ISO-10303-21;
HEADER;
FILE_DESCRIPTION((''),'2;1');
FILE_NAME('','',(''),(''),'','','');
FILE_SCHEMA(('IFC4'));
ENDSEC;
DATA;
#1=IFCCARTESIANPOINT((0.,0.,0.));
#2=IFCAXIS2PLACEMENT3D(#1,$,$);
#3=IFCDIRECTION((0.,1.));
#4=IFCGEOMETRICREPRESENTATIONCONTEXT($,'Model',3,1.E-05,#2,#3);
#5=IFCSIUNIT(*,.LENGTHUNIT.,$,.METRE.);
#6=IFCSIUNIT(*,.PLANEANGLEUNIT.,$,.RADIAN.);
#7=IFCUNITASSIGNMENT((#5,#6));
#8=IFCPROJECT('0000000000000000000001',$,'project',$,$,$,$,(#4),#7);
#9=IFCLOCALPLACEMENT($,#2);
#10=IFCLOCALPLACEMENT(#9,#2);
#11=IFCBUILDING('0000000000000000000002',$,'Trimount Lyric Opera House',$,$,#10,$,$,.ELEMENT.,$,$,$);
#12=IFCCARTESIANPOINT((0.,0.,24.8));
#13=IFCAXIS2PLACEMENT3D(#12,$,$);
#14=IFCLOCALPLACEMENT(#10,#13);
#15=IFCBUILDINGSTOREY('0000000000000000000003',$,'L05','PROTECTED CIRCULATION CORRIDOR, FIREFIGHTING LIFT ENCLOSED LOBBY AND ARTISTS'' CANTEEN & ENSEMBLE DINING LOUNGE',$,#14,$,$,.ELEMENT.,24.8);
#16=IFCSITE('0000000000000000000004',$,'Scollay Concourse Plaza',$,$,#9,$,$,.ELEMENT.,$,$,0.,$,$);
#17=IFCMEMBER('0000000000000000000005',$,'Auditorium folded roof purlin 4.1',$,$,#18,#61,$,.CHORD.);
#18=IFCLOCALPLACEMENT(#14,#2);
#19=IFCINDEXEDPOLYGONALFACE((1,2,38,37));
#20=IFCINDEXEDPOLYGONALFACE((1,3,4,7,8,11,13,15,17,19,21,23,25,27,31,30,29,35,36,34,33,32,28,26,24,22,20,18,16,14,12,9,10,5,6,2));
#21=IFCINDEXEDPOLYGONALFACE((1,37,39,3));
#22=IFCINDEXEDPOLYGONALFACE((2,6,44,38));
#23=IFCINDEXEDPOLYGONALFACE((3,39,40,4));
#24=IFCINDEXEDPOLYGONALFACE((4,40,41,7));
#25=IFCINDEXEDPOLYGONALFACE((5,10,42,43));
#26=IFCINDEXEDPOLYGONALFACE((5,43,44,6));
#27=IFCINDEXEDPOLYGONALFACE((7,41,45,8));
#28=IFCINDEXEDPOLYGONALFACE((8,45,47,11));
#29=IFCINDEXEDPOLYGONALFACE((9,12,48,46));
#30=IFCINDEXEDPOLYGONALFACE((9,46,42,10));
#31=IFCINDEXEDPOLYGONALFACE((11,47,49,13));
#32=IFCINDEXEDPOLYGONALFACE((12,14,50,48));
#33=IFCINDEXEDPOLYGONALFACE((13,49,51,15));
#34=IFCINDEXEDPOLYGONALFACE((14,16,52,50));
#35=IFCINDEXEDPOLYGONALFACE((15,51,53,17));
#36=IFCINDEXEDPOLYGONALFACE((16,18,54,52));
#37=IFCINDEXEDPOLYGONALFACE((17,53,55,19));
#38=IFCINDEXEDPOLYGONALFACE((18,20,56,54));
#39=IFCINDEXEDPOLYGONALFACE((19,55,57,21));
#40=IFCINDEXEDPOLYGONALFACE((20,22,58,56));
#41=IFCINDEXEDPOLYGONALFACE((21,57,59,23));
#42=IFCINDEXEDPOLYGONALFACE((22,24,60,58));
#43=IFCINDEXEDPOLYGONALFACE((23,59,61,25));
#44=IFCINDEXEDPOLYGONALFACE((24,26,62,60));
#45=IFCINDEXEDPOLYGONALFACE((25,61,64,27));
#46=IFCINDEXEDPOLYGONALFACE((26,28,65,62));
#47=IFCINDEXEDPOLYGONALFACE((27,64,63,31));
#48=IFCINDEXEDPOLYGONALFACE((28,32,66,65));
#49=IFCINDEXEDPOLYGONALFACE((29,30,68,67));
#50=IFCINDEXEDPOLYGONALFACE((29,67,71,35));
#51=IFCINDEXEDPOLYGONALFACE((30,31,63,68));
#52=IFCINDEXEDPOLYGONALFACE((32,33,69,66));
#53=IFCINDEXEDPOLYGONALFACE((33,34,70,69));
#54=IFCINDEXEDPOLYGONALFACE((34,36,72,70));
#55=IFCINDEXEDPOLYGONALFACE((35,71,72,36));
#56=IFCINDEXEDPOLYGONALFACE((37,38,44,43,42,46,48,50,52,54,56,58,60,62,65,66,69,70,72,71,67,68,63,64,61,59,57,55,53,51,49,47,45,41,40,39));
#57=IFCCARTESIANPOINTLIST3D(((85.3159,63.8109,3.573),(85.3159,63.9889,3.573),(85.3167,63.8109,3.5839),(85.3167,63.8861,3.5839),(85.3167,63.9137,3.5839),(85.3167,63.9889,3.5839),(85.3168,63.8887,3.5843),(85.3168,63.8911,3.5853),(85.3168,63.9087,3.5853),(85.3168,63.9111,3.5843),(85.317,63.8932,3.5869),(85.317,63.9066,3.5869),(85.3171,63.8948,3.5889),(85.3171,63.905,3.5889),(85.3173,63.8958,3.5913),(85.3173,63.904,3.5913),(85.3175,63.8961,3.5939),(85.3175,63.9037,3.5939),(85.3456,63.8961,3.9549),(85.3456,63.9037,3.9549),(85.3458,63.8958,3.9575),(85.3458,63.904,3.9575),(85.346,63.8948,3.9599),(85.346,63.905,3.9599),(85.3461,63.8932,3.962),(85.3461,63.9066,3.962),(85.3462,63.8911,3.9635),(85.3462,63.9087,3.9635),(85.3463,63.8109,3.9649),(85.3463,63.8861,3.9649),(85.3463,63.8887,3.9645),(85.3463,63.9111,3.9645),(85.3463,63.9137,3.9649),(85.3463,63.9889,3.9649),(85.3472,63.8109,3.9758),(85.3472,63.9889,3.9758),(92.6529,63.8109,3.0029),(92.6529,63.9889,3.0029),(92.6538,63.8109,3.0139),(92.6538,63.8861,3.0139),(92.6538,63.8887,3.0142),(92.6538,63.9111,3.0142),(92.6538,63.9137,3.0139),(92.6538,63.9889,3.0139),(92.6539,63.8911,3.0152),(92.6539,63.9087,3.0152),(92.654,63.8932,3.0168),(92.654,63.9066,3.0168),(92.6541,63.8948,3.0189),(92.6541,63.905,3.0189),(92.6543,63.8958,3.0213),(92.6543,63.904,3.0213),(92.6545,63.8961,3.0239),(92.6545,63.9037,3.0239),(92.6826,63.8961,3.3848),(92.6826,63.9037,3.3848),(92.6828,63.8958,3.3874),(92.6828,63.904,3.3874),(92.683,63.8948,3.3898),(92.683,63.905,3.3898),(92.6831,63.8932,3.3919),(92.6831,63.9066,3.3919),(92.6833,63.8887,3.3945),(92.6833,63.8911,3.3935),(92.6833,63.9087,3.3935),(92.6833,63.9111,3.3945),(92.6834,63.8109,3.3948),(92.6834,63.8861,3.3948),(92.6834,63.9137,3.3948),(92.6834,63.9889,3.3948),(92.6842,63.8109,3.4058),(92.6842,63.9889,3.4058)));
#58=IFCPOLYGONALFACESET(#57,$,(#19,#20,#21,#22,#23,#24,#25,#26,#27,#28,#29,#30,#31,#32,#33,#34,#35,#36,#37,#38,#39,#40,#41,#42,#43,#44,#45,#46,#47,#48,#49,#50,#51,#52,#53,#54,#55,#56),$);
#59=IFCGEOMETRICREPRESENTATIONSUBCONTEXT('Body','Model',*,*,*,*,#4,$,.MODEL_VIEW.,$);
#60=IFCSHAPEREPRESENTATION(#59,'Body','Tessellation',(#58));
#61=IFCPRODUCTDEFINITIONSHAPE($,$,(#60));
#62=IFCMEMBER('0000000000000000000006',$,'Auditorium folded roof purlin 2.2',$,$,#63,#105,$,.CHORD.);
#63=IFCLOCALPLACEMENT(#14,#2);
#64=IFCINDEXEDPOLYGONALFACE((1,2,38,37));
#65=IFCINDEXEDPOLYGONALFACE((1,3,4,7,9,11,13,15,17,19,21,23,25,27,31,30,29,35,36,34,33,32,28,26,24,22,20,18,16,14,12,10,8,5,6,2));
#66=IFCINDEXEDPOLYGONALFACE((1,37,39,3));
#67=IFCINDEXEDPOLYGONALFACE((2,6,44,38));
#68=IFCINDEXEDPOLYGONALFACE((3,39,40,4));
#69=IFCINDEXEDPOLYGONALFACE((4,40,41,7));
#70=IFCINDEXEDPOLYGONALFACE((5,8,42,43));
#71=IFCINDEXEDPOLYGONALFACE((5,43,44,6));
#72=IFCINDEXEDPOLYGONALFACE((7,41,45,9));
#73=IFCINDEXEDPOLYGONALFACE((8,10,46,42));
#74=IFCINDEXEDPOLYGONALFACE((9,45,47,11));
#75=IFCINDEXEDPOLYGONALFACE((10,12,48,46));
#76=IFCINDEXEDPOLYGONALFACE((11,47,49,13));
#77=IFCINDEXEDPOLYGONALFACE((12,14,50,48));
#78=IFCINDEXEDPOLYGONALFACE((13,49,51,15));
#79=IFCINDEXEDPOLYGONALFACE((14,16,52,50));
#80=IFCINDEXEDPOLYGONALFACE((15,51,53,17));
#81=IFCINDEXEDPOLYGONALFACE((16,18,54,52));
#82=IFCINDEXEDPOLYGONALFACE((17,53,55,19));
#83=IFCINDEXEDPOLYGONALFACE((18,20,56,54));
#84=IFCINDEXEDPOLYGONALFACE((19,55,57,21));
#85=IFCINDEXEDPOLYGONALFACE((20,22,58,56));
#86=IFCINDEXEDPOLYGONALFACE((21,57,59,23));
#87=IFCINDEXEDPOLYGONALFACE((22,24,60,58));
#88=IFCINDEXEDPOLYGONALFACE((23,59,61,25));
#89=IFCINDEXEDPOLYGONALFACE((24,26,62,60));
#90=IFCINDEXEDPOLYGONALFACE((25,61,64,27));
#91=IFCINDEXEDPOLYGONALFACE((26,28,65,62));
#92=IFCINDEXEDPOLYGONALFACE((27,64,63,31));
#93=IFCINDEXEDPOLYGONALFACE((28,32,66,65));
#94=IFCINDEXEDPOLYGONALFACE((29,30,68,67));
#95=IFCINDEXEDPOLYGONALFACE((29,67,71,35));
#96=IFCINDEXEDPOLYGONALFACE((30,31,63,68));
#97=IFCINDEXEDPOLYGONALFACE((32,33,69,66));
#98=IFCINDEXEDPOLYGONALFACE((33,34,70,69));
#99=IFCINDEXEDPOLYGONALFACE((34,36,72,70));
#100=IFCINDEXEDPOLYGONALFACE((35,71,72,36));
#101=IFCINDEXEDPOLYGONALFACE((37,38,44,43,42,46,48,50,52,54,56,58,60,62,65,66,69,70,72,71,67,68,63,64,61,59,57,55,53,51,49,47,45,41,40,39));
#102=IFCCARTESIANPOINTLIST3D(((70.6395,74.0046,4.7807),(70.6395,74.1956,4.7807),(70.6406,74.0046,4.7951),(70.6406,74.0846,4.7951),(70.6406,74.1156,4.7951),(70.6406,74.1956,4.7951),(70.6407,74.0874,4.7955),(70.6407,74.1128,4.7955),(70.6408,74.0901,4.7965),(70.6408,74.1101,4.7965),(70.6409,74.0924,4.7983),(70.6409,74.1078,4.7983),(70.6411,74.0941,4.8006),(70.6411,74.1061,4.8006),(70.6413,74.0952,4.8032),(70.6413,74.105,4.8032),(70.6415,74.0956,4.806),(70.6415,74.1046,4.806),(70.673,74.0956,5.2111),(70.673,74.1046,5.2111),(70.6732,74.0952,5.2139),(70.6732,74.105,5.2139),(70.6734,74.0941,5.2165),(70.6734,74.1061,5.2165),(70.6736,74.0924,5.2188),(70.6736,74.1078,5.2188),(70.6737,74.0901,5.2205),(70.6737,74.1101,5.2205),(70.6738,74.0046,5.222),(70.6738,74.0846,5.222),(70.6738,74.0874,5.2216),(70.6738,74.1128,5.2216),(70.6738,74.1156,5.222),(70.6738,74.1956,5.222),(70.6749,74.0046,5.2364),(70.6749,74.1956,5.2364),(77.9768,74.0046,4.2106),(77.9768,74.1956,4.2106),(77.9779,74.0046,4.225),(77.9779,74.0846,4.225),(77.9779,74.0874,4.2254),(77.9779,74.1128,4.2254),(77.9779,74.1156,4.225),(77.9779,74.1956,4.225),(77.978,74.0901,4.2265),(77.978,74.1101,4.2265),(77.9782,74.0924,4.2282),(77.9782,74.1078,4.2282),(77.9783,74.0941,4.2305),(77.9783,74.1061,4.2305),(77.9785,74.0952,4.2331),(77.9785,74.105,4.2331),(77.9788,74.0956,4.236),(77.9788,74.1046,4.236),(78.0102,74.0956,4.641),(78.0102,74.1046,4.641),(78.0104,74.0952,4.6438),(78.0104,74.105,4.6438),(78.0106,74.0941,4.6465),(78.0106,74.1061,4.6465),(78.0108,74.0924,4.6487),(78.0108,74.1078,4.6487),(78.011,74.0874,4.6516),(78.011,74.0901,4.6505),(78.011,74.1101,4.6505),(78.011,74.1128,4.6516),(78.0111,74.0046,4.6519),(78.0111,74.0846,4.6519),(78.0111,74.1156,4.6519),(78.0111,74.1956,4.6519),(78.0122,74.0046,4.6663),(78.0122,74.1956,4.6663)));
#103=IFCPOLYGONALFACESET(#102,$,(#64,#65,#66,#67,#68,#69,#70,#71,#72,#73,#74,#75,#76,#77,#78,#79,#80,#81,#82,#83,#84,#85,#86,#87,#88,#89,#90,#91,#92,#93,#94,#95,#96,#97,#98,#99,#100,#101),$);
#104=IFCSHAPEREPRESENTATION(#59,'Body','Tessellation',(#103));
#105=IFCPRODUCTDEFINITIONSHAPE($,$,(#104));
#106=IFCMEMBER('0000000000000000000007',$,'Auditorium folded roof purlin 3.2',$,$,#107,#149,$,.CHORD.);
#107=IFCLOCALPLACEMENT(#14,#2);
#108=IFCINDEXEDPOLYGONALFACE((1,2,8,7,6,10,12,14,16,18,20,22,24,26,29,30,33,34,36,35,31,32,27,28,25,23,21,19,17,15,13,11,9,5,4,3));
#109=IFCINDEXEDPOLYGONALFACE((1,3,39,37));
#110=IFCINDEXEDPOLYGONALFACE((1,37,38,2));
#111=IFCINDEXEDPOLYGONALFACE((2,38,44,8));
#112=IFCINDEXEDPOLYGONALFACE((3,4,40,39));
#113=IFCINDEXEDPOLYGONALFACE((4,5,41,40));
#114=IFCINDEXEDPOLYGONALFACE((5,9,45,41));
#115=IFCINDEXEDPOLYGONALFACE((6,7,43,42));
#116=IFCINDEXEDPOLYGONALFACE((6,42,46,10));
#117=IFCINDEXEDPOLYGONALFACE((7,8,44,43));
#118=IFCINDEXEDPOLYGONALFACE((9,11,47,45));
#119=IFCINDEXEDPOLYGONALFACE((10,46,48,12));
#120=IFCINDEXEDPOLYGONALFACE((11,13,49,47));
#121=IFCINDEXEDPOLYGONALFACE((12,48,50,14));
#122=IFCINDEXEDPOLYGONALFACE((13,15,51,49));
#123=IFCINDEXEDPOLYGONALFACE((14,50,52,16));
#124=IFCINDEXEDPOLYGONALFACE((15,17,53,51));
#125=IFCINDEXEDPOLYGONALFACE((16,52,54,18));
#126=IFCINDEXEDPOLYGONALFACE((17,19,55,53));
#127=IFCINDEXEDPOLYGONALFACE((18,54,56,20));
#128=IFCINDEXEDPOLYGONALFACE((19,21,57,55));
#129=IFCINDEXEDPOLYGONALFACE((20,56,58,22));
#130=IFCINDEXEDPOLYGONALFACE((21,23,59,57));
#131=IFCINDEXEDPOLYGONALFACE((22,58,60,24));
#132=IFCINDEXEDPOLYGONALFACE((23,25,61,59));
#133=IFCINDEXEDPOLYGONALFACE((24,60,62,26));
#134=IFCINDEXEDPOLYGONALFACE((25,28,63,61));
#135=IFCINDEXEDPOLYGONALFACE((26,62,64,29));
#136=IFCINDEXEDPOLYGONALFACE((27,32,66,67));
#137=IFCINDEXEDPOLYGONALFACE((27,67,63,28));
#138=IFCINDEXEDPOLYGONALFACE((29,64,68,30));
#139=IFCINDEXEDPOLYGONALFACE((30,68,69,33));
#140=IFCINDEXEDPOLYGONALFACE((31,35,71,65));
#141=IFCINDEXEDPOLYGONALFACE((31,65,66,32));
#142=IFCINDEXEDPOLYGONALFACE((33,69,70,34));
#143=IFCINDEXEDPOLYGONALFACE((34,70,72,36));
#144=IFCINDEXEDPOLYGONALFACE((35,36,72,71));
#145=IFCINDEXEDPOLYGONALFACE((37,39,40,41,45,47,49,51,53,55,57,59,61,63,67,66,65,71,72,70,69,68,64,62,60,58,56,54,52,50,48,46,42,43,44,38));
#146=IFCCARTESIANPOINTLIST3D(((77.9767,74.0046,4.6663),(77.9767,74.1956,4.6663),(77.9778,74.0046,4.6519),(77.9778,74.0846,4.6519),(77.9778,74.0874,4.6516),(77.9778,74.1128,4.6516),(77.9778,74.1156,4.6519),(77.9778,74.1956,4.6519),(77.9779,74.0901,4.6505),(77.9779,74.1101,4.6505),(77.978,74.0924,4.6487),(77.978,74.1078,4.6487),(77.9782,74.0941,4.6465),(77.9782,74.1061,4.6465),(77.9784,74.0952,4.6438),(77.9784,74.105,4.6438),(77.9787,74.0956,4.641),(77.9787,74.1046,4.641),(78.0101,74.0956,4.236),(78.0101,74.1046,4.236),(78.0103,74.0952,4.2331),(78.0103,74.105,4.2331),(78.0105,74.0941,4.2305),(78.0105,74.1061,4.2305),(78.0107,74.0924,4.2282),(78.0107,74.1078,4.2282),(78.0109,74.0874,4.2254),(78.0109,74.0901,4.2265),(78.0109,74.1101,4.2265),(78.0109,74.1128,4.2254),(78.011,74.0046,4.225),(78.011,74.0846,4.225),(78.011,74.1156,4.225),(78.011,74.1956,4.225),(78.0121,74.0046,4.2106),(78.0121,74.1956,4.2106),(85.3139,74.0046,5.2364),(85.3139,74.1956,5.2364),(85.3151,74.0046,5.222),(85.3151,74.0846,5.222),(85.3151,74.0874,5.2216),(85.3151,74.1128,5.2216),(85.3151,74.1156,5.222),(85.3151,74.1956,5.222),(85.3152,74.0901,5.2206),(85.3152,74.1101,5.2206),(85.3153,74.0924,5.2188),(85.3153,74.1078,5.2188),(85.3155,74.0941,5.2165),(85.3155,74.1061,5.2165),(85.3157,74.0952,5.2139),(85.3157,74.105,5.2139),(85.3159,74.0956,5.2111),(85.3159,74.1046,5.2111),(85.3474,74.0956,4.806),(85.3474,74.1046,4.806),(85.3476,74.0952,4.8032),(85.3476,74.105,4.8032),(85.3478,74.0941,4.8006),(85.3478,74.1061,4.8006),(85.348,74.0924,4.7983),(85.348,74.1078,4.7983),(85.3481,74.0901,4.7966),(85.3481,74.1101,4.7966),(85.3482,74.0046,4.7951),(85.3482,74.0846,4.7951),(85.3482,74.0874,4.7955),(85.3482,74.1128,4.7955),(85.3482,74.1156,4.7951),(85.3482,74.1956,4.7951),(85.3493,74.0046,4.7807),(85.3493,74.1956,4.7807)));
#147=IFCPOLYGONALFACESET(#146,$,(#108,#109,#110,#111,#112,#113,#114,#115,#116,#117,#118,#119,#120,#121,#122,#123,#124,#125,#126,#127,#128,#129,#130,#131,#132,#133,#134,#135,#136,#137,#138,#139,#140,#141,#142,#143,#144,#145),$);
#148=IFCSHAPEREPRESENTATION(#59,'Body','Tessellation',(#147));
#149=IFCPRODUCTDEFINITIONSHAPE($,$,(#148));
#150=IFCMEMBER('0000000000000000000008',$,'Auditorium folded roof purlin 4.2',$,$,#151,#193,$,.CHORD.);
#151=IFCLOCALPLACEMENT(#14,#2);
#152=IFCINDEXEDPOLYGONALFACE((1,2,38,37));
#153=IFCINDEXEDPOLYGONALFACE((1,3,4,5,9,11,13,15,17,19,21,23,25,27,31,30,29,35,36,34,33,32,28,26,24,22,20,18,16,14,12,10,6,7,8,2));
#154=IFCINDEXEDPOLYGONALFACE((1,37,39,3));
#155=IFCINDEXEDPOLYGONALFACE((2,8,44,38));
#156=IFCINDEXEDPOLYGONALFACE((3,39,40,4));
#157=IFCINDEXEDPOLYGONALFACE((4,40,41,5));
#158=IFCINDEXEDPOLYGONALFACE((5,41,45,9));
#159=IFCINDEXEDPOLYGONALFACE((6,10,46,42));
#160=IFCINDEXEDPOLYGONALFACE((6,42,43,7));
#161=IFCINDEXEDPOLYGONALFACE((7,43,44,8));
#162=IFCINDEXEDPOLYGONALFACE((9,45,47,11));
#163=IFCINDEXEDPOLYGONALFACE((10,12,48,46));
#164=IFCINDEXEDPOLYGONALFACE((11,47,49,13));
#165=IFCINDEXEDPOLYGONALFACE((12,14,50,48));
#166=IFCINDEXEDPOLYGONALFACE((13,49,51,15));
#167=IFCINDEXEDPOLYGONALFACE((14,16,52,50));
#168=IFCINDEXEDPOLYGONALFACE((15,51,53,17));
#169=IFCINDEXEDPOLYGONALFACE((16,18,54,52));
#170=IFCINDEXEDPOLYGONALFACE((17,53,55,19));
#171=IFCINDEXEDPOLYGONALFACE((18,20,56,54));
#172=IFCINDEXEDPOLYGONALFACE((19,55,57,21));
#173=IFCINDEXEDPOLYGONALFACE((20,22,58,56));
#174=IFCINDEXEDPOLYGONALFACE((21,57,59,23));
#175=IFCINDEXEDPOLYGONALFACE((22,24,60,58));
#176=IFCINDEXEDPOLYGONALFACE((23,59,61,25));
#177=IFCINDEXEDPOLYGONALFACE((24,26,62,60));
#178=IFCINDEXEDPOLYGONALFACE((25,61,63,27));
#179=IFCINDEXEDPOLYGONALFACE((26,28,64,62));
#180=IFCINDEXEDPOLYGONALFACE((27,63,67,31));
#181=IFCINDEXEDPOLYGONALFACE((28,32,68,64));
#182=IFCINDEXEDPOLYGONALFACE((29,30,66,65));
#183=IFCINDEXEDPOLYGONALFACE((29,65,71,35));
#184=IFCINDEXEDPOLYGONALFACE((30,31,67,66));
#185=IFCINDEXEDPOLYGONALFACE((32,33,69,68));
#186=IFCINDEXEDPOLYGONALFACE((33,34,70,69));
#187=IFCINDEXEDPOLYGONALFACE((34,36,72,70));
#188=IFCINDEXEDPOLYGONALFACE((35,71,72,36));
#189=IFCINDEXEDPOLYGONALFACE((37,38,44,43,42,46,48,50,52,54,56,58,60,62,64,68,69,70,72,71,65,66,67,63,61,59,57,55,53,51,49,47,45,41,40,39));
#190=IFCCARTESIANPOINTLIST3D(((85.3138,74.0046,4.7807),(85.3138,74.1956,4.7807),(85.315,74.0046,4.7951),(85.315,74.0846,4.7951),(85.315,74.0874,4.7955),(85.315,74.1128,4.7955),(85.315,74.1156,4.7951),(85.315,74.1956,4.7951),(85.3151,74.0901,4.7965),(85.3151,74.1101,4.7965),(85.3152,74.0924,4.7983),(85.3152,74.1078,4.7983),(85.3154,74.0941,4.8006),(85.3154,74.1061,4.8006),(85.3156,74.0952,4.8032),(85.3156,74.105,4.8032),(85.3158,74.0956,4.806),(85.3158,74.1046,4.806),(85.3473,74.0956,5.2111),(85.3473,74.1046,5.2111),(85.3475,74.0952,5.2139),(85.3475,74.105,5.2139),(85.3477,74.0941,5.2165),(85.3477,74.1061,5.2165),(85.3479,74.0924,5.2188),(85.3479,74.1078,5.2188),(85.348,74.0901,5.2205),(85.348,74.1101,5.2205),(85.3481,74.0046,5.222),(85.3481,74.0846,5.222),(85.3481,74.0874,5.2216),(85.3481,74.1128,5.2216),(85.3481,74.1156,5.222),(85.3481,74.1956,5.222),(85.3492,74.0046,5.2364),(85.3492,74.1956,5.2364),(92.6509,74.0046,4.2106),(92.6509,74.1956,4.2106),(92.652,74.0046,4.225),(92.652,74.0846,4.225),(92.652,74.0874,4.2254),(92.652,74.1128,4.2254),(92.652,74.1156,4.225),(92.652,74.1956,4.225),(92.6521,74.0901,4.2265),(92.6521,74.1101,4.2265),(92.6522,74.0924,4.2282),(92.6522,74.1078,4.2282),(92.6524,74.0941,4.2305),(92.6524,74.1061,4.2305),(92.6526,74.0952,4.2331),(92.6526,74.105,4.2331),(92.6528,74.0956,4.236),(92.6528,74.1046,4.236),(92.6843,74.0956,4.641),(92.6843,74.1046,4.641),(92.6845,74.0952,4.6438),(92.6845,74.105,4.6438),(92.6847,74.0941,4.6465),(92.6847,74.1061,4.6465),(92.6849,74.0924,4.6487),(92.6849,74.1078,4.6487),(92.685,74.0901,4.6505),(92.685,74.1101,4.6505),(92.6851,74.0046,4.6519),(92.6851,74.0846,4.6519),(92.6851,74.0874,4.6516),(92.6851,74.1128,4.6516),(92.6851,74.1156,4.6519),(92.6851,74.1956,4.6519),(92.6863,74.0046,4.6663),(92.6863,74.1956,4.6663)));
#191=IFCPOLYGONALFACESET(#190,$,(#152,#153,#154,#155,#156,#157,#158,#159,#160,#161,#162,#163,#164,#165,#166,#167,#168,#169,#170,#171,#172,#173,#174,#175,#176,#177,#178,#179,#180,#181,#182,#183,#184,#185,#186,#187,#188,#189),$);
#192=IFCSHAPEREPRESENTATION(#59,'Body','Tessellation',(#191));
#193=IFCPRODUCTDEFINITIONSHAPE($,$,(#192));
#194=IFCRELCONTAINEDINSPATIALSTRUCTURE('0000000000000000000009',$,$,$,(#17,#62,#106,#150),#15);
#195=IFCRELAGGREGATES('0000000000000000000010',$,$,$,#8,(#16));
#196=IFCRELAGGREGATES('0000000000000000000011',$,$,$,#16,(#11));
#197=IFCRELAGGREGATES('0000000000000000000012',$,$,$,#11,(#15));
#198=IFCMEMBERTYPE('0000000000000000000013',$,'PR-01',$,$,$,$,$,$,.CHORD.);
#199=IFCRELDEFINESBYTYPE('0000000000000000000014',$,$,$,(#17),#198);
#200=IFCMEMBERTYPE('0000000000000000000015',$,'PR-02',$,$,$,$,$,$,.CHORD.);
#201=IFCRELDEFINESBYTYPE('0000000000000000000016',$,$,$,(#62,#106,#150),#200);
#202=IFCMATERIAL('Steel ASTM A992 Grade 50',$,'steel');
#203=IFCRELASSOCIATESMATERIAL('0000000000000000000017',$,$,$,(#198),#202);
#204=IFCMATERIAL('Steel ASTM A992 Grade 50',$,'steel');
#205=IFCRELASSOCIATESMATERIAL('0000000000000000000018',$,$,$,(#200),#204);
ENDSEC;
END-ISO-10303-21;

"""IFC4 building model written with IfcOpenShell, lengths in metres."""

from ifc_helpers import new_model, si_unit, direction, frame, origin, origin_2d, place, context, subcontext, project, spatial, i_section, extrude, material, material_profile, profile_set, type_object, element, save


model = new_model("IFC4")

# Units and contexts
model_context = context("Model", 3, precision=1e-05, world=origin(), true_north=direction((0.0, 1.0)))
body_context = subcontext(model_context, "Body", "Model", "MODEL_VIEW")
ifc_project = project(units=[si_unit("LENGTHUNIT", "METRE"), si_unit("PLANEANGLEUNIT", "RADIAN")], contexts=[model_context])

# Site, building, storey
site_placement = place(None, origin())
site = spatial("IfcSite", under=ifc_project, at=site_placement, Name="Scollay Concourse Plaza", CompositionType="ELEMENT", RefElevation=0.0)
building_placement = place(site_placement, origin())
building = spatial("IfcBuilding", under=site, at=building_placement, Name="Trimount Lyric Opera House", CompositionType="ELEMENT")
storey_placement = place(building_placement, frame((0.0, 0.0, 24.8)))
storey = spatial("IfcBuildingStorey", under=building, at=storey_placement, Name="L05", Description="PROTECTED CIRCULATION CORRIDOR, FIREFIGHTING LIFT ENCLOSED LOBBY AND ARTISTS' CANTEEN & ENSEMBLE DINING LOUNGE", CompositionType="ELEMENT", Elevation=24.8)

# Members
ifc_material_1 = material(Name="Steel ASTM A992 Grade 50", Category="steel")
ifc_material_profile_1 = material_profile(ifc_material_1, i_section(OverallWidth=0.178, OverallDepth=0.4041, WebThickness=0.0076, FlangeThickness=0.011, FilletRadius=0.01, at=origin_2d()), Name="W16X36")
ifc_profile_set_1 = profile_set([ifc_material_profile_1], Name="Steel ASTM A992 Grade 50")
member_type_1 = type_object("IfcMemberType", Name="PR-01", PredefinedType="CHORD", material=ifc_profile_set_1)
member_1_placement = place(storey_placement, frame((85.3315, 63.8999, 3.7744), z_axis=(0.996995, 0.0, -0.077465), x_axis=(0.0, 1.0, 0.0)))
element("IfcMember", 1, at=member_1_placement, inside=storey, type_object=member_type_1, Name="Auditorium folded roof purlin 4.1", PredefinedType="CHORD", context=body_context, shape_type="SweptSolid", body=[
    extrude(i_section(OverallWidth=0.178, OverallDepth=0.4041, WebThickness=0.0076, FlangeThickness=0.011, FilletRadius=0.01, at=origin_2d()), origin(), (0.0, 0.0, 1.0), 7.3591),
])
ifc_material_2 = material(Name="Steel ASTM A992 Grade 50", Category="steel")
ifc_material_profile_2 = material_profile(ifc_material_2, i_section(OverallWidth=0.1909, OverallDepth=0.457, WebThickness=0.009, FlangeThickness=0.0144, FilletRadius=0.011, at=origin_2d()), Name="W18X50")
ifc_profile_set_2 = profile_set([ifc_material_profile_2], Name="Steel ASTM A992 Grade 50")
member_type_2 = type_object("IfcMemberType", Name="PR-02", PredefinedType="CHORD", material=ifc_profile_set_2)
for number, where, z_axis, x_axis, name in (
    (2, (70.6572, 74.1001, 5.0085), (0.996995, 0.0, -0.077463), (0.0, 1.0, 0.0), "Auditorium folded roof purlin 2.2"),
    (3, (77.9944, 74.1001, 4.4385), (0.996995, 0.0, 0.077463), (0.0, 1.0, 0.0), "Auditorium folded roof purlin 3.2"),
):
    element("IfcMember", number, at=place(storey_placement, frame(where, z_axis=z_axis, x_axis=x_axis)), inside=storey, type_object=member_type_2, Name=name, PredefinedType="CHORD", context=body_context, shape_type="SweptSolid", body=[
        extrude(i_section(OverallWidth=0.1909, OverallDepth=0.457, WebThickness=0.009, FlangeThickness=0.0144, FilletRadius=0.011, at=origin_2d()), origin(), (0.0, 0.0, 1.0), 7.3594),
    ])
member_2_placement = place(storey_placement, frame((85.3315, 74.1001, 5.0085), z_axis=(0.996995, 0.0, -0.077465), x_axis=(0.0, 1.0, 0.0)))
element("IfcMember", 4, at=member_2_placement, inside=storey, type_object=member_type_2, Name="Auditorium folded roof purlin 4.2", PredefinedType="CHORD", context=body_context, shape_type="SweptSolid", body=[
    extrude(i_section(OverallWidth=0.1909, OverallDepth=0.457, WebThickness=0.009, FlangeThickness=0.0144, FilletRadius=0.011, at=origin_2d()), origin(), (0.0, 0.0, 1.0), 7.3591),
])

save(model, "model.ifc")
